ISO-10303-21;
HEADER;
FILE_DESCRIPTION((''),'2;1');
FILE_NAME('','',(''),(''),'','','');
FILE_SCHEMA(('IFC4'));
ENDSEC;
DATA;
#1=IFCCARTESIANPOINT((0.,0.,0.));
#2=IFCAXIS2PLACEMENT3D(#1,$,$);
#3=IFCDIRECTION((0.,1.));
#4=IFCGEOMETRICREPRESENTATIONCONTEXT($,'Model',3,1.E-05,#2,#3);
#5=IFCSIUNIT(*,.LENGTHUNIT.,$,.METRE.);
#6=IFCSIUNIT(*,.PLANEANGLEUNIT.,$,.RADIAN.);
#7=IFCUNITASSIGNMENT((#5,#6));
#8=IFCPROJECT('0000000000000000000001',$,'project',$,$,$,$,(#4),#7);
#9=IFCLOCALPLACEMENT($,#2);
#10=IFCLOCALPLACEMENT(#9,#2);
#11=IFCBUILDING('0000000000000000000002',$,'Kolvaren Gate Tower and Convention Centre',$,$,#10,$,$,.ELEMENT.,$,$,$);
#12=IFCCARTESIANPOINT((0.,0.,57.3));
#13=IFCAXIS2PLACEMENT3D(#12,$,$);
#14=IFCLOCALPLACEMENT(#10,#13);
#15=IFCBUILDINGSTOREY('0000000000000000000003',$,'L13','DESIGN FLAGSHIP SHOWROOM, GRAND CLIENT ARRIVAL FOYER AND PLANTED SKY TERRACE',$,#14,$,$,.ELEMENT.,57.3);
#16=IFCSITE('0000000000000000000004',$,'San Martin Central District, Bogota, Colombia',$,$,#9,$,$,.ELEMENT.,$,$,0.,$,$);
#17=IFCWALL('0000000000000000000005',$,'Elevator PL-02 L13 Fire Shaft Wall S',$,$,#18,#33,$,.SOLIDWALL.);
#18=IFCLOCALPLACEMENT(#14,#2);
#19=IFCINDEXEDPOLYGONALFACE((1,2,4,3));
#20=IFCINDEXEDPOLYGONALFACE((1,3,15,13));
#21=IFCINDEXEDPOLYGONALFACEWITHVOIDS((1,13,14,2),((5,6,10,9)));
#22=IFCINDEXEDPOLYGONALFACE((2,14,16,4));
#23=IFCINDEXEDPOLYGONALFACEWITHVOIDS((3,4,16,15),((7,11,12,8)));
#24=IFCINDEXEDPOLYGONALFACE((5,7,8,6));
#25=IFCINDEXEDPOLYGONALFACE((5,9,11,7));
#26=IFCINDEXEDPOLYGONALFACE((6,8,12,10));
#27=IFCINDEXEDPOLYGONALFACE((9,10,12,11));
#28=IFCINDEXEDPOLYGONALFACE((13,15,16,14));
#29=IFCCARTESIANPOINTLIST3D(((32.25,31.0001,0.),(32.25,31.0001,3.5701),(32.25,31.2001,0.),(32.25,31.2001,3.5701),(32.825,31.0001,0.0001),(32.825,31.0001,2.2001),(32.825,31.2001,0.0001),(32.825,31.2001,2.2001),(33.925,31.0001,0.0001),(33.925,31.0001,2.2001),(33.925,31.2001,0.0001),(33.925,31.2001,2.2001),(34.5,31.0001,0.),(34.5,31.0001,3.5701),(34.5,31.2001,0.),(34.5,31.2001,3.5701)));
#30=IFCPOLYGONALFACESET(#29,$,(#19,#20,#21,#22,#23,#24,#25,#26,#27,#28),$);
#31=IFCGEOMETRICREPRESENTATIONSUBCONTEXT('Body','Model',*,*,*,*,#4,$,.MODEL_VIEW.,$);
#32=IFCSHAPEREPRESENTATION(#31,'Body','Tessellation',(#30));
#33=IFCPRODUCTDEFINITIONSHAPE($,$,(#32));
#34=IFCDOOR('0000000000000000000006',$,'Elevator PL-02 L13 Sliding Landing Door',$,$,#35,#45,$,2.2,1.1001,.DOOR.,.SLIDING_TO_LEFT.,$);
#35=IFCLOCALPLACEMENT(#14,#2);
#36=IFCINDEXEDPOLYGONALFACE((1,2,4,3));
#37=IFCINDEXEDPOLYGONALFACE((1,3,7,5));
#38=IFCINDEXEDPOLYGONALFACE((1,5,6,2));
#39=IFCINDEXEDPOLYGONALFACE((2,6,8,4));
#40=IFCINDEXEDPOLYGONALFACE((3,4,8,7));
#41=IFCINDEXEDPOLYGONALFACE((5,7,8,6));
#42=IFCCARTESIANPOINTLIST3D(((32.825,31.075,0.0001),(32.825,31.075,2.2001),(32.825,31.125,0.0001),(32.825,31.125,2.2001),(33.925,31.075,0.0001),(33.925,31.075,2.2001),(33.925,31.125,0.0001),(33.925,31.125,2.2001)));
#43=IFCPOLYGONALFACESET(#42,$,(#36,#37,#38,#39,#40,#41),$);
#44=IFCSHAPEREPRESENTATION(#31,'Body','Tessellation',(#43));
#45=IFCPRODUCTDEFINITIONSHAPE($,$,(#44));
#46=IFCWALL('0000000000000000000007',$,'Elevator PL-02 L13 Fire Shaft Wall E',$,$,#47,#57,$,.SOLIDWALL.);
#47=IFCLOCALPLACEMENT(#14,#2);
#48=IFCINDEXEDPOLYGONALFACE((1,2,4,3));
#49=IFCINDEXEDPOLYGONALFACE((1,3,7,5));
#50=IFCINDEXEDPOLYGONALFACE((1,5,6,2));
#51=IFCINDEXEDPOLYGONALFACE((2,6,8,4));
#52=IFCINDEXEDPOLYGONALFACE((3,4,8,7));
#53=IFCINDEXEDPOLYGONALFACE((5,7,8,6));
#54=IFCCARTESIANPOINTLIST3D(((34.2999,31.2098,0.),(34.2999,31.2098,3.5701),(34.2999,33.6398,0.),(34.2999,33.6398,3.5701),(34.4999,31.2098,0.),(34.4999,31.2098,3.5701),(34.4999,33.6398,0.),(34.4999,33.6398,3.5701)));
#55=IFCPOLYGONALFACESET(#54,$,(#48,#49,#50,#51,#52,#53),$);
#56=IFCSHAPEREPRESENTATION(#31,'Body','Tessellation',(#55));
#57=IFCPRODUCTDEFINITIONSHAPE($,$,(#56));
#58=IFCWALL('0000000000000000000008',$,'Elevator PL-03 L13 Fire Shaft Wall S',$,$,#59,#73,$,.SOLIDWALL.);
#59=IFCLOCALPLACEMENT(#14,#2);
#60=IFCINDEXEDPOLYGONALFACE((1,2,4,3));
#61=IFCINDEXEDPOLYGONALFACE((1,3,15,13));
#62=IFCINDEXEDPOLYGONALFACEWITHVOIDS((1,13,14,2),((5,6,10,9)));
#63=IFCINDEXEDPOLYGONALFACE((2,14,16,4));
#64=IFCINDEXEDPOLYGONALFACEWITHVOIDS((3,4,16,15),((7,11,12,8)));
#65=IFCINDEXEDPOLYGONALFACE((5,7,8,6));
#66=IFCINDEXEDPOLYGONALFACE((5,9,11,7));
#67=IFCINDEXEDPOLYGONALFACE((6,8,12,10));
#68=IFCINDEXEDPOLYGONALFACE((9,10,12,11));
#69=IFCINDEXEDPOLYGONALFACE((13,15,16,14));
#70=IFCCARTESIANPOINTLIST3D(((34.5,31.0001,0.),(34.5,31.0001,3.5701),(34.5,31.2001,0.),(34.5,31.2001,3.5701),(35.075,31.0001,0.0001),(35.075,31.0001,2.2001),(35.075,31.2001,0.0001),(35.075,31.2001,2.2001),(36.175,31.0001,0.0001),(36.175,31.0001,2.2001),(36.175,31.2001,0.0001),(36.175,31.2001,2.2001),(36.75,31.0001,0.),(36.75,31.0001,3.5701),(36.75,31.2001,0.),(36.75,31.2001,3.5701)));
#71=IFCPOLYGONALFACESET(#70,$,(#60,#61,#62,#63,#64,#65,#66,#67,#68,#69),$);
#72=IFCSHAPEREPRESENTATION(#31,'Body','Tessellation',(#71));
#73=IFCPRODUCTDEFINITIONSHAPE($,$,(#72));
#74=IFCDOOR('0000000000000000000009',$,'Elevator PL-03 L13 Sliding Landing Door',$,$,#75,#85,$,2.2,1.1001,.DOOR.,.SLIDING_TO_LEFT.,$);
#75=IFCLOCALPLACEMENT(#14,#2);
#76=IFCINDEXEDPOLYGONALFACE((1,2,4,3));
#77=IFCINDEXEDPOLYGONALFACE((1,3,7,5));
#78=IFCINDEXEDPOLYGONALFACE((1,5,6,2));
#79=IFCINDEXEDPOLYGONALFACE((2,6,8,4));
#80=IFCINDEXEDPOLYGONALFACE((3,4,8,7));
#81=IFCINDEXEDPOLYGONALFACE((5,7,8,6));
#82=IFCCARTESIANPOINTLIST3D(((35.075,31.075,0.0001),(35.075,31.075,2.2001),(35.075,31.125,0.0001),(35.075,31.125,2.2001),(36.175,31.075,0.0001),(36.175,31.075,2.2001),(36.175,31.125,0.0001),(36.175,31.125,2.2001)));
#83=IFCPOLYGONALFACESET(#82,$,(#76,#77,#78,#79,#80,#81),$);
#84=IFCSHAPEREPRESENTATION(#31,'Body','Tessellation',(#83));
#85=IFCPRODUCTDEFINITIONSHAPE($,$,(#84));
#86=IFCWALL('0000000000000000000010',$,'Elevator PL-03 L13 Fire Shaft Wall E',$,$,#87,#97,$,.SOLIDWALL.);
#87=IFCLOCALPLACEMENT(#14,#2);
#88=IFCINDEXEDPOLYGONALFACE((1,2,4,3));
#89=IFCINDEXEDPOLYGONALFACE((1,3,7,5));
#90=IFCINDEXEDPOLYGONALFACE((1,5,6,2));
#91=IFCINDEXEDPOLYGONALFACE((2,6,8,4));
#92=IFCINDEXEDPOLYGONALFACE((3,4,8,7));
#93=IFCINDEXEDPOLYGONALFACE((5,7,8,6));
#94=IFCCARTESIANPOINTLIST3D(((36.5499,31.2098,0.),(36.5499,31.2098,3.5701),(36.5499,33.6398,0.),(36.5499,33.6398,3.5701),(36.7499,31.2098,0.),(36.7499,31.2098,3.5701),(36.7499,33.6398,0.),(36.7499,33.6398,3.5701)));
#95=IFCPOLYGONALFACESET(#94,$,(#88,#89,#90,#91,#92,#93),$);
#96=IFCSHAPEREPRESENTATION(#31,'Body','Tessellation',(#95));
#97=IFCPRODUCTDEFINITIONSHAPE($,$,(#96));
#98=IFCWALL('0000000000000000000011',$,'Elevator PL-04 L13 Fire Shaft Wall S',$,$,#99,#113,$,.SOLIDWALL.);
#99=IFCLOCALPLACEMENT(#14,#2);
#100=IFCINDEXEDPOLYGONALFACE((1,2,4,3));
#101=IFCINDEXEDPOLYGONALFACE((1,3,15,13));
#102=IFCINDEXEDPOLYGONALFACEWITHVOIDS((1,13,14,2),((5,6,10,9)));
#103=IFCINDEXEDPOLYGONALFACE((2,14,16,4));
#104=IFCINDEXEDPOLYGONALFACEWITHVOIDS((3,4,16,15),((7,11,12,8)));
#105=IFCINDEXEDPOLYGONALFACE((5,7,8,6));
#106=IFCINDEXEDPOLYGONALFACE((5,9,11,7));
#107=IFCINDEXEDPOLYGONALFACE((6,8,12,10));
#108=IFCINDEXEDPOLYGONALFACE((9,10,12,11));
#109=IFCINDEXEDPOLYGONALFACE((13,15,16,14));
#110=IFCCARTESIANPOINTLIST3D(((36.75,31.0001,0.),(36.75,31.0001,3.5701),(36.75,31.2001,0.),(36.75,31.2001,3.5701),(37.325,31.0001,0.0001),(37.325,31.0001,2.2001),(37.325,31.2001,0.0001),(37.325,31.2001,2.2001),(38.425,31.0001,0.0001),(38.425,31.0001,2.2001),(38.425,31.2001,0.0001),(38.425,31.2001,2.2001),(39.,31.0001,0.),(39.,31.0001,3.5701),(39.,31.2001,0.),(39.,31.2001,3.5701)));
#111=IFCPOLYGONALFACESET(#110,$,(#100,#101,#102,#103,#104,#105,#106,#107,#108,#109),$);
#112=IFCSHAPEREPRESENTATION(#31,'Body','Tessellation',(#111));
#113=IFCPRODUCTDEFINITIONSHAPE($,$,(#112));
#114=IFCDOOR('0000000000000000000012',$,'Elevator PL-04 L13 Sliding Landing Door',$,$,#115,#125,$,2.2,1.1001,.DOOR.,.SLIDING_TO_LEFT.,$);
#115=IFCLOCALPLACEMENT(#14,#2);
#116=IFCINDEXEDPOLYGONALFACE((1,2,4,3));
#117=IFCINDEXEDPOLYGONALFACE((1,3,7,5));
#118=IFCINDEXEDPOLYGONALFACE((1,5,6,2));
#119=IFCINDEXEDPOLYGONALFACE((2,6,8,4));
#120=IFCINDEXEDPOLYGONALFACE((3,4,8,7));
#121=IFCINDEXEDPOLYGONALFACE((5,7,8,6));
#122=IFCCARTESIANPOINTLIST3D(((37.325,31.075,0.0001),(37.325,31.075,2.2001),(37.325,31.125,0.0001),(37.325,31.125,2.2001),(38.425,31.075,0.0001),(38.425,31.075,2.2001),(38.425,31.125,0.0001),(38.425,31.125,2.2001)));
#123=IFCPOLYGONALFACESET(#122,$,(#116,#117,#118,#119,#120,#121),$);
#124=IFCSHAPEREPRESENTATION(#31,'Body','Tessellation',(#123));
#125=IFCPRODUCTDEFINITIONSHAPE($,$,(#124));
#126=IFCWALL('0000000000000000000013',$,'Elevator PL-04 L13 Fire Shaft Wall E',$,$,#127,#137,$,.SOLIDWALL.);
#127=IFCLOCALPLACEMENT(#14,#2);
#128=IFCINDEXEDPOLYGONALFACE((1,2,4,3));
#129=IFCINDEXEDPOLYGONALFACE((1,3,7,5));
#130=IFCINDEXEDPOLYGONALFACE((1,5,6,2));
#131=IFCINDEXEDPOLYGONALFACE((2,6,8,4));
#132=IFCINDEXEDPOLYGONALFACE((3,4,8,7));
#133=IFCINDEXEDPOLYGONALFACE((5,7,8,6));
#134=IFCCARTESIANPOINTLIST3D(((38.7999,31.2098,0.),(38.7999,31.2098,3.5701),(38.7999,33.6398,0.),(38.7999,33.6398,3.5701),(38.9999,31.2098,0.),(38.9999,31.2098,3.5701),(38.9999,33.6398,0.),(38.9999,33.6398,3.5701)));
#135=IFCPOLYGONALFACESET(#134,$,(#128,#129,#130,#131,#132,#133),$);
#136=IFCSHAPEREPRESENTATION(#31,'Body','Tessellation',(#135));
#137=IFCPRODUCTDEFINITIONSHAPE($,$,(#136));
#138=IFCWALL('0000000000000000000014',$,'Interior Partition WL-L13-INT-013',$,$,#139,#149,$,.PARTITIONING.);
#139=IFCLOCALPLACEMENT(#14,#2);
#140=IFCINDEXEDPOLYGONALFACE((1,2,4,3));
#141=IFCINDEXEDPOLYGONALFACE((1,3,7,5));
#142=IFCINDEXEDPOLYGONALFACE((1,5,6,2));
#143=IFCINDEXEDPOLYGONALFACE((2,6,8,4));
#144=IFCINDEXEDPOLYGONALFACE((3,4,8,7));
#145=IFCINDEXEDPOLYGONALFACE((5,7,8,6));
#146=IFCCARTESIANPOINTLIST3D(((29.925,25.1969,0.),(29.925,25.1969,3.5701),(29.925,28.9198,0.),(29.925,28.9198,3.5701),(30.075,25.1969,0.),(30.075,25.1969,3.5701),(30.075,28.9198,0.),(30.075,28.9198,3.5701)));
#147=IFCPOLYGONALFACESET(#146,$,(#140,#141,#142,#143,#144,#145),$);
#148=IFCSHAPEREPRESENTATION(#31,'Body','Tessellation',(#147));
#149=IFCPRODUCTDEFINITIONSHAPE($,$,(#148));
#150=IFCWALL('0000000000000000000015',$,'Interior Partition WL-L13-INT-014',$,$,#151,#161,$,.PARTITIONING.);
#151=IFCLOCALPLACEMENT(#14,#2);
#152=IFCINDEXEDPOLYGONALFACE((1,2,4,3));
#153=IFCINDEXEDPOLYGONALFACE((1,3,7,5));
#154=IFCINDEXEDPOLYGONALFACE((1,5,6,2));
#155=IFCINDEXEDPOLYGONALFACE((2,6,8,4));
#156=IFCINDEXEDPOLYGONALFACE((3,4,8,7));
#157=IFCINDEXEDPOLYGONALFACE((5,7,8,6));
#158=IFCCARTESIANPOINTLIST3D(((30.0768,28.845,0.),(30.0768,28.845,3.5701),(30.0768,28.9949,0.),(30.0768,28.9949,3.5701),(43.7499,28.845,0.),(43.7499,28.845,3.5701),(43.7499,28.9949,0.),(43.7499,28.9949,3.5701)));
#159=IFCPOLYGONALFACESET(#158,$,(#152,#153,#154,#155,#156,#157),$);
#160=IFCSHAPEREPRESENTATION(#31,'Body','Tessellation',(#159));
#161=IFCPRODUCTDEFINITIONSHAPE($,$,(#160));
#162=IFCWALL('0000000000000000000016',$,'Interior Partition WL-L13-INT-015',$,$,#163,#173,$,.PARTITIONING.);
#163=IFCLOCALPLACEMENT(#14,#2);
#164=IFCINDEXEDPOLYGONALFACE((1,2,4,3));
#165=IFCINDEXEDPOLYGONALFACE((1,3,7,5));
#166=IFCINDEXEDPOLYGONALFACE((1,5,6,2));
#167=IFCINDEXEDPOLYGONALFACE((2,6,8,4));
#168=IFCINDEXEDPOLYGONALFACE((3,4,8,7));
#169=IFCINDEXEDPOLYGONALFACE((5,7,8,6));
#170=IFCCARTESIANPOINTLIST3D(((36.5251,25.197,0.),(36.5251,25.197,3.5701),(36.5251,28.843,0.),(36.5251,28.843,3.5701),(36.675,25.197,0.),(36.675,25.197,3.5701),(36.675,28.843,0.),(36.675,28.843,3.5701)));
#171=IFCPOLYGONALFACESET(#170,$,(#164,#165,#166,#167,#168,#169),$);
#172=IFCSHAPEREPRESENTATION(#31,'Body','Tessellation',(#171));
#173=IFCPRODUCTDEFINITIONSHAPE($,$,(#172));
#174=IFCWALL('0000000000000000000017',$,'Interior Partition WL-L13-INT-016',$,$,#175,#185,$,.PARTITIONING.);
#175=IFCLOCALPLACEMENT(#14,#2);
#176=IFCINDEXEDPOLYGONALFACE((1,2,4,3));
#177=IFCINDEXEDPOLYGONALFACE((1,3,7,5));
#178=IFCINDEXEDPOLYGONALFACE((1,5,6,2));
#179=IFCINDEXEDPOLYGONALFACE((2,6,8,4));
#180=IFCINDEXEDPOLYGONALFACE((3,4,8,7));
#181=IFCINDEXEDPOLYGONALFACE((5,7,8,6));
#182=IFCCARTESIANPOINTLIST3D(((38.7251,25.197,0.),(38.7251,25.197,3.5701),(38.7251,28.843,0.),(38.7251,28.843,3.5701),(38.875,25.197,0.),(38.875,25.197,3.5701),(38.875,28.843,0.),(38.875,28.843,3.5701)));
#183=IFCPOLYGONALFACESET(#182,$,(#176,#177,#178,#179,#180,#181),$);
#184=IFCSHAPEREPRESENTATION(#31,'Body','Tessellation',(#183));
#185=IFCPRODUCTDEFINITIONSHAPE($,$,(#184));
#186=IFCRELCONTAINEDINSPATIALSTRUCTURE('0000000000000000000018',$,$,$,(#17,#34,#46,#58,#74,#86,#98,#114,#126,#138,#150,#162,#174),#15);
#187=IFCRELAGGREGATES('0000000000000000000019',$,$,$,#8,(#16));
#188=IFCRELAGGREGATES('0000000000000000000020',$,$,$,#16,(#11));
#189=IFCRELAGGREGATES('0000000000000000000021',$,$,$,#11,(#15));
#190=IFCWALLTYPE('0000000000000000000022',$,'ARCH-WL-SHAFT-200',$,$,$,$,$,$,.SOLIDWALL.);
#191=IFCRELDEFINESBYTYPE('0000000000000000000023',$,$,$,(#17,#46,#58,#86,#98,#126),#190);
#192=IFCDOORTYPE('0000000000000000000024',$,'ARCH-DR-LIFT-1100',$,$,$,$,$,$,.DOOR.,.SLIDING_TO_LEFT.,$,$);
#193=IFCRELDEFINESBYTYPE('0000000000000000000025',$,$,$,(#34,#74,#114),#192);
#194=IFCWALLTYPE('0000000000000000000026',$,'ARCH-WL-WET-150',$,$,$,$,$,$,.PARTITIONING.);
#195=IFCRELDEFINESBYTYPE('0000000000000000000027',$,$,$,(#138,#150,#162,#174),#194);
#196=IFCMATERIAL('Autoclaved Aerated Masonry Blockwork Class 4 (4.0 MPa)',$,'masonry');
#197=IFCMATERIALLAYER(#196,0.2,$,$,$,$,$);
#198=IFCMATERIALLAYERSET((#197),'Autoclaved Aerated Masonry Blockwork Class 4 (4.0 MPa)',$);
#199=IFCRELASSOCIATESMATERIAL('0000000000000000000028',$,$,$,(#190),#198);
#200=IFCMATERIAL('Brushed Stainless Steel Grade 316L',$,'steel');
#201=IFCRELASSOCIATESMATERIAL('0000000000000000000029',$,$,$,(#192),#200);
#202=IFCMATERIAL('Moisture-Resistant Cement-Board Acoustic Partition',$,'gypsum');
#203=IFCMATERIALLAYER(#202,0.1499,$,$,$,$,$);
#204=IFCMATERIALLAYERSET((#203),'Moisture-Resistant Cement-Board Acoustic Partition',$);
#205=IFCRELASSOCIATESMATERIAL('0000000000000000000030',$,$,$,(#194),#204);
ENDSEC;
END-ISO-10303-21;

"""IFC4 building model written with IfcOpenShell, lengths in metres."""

from ifc_helpers import new_model, si_unit, direction, frame, frame_2d, origin, place, context, subcontext, project, spatial, rectangle, extrude, material, layer, layer_set, type_object, element, fill, save


model = new_model("IFC4")

# Units and contexts
model_context = context("Model", 3, precision=1e-05, world=origin(), true_north=direction((0.0, 1.0)))
body_context = subcontext(model_context, "Body", "Model", "MODEL_VIEW")
ifc_project = project(units=[si_unit("LENGTHUNIT", "METRE"), si_unit("PLANEANGLEUNIT", "RADIAN")], contexts=[model_context])

# Site, building, storey
site_placement = place(None, origin())
site = spatial("IfcSite", under=ifc_project, at=site_placement, Name="San Martin Central District, Bogota, Colombia", CompositionType="ELEMENT", RefElevation=0.0)
building_placement = place(site_placement, origin())
building = spatial("IfcBuilding", under=site, at=building_placement, Name="Kolvaren Gate Tower and Convention Centre", CompositionType="ELEMENT")
storey_placement = place(building_placement, frame((0.0, 0.0, 57.3)))
storey = spatial("IfcBuildingStorey", under=building, at=storey_placement, Name="L13", Description="DESIGN FLAGSHIP SHOWROOM, GRAND CLIENT ARRIVAL FOYER AND PLANTED SKY TERRACE", CompositionType="ELEMENT", Elevation=57.3)

# Shared definitions
ifc_material_1 = material(Name="Autoclaved Aerated Masonry Blockwork Class 4 (4.0 MPa)", Category="masonry")
ifc_layer_1 = layer(ifc_material_1, 0.2)
ifc_layer_set_1 = layer_set([ifc_layer_1], Name="Autoclaved Aerated Masonry Blockwork Class 4 (4.0 MPa)")
wall_type_1 = type_object("IfcWallType", Name="ARCH-WL-SHAFT-200", PredefinedType="SOLIDWALL", material=ifc_layer_set_1)
ifc_material_2 = material(Name="Brushed Stainless Steel Grade 316L", Category="steel")
door_type_1 = type_object("IfcDoorType", Name="ARCH-DR-LIFT-1100", OperationType="SLIDING_TO_LEFT", PredefinedType="DOOR", material=ifc_material_2)

# Wall, opening, door
wall_1_placement = place(storey_placement, frame((32.25, 31.1001, 0.0), z_axis=(0.0, 0.0, 1.0), x_axis=(1.0, 0.0, 0.0)))
wall_1 = element("IfcWall", 1, at=wall_1_placement, inside=storey, type_object=wall_type_1, Name="Elevator PL-02 L13 Fire Shaft Wall S", PredefinedType="SOLIDWALL", context=body_context, shape_type="SweptSolid", body=[
    extrude(rectangle(XDim=2.25, YDim=0.2, at=frame_2d((1.125, 0.0))), origin(), (0.0, 0.0, 1.0), 3.5701),
])
opening_1_placement = place(wall_1_placement, frame((0.575, 0.0, 0.0)))
opening_1 = element("IfcOpeningElement", 2, at=opening_1_placement, cuts=wall_1, PredefinedType="OPENING", context=body_context, shape_type="SweptSolid", body=[
    extrude(rectangle(XDim=1.1001, YDim=2.2, at=frame_2d((0.55, 1.1001))), frame((0.0, 0.1099, 0.0), z_axis=(0.0, -1.0, 0.0), x_axis=(1.0, 0.0, 0.0)), (0.0, 0.0, 1.0), 0.22),
])
door_1_placement = place(opening_1_placement, origin())
door_1 = element("IfcDoor", 3, at=door_1_placement, inside=storey, type_object=door_type_1, Name="Elevator PL-02 L13 Sliding Landing Door", OperationType="SLIDING_TO_LEFT", OverallHeight=2.2, OverallWidth=1.1001, PredefinedType="DOOR", context=body_context, shape_type="SweptSolid", body=[
    extrude(rectangle(XDim=1.1001, YDim=2.2, at=frame_2d((0.55, 1.1001))), frame((0.0, 0.0249, 0.0), z_axis=(0.0, -1.0, 0.0), x_axis=(1.0, 0.0, 0.0)), (0.0, 0.0, 1.0), 0.05),
])
fill(opening_1, door_1)

# Wall
wall_2_placement = place(storey_placement, frame((34.3999, 31.21, 0.0), z_axis=(0.0, 0.0, 1.0), x_axis=(0.0, 1.0, 0.0)))
element("IfcWall", 4, at=wall_2_placement, inside=storey, type_object=wall_type_1, Name="Elevator PL-02 L13 Fire Shaft Wall E", PredefinedType="SOLIDWALL", context=body_context, shape_type="SweptSolid", body=[
    extrude(rectangle(XDim=2.4299, YDim=0.2, at=frame_2d((1.2148, 0.0))), origin(), (0.0, 0.0, 1.0), 3.5701),
])

# Wall, opening, door
wall_3_placement = place(storey_placement, frame((34.5, 31.1001, 0.0), z_axis=(0.0, 0.0, 1.0), x_axis=(1.0, 0.0, 0.0)))
wall_3 = element("IfcWall", 5, at=wall_3_placement, inside=storey, type_object=wall_type_1, Name="Elevator PL-03 L13 Fire Shaft Wall S", PredefinedType="SOLIDWALL", context=body_context, shape_type="SweptSolid", body=[
    extrude(rectangle(XDim=2.25, YDim=0.2, at=frame_2d((1.125, 0.0))), origin(), (0.0, 0.0, 1.0), 3.5701),
])
opening_2_placement = place(wall_3_placement, frame((0.575, 0.0, 0.0)))
opening_2 = element("IfcOpeningElement", 6, at=opening_2_placement, cuts=wall_3, PredefinedType="OPENING", context=body_context, shape_type="SweptSolid", body=[
    extrude(rectangle(XDim=1.1001, YDim=2.2, at=frame_2d((0.55, 1.1001))), frame((0.0, 0.1099, 0.0), z_axis=(0.0, -1.0, 0.0), x_axis=(1.0, 0.0, 0.0)), (0.0, 0.0, 1.0), 0.22),
])
door_2_placement = place(opening_2_placement, origin())
door_2 = element("IfcDoor", 7, at=door_2_placement, inside=storey, type_object=door_type_1, Name="Elevator PL-03 L13 Sliding Landing Door", OperationType="SLIDING_TO_LEFT", OverallHeight=2.2, OverallWidth=1.1001, PredefinedType="DOOR", context=body_context, shape_type="SweptSolid", body=[
    extrude(rectangle(XDim=1.1001, YDim=2.2, at=frame_2d((0.55, 1.1001))), frame((0.0, 0.0249, 0.0), z_axis=(0.0, -1.0, 0.0), x_axis=(1.0, 0.0, 0.0)), (0.0, 0.0, 1.0), 0.05),
])
fill(opening_2, door_2)

# Wall
wall_4_placement = place(storey_placement, frame((36.6499, 31.21, 0.0), z_axis=(0.0, 0.0, 1.0), x_axis=(0.0, 1.0, 0.0)))
element("IfcWall", 8, at=wall_4_placement, inside=storey, type_object=wall_type_1, Name="Elevator PL-03 L13 Fire Shaft Wall E", PredefinedType="SOLIDWALL", context=body_context, shape_type="SweptSolid", body=[
    extrude(rectangle(XDim=2.4299, YDim=0.2, at=frame_2d((1.2148, 0.0))), origin(), (0.0, 0.0, 1.0), 3.5701),
])

# Wall, opening, door
wall_5_placement = place(storey_placement, frame((36.75, 31.1001, 0.0), z_axis=(0.0, 0.0, 1.0), x_axis=(1.0, 0.0, 0.0)))
wall_5 = element("IfcWall", 9, at=wall_5_placement, inside=storey, type_object=wall_type_1, Name="Elevator PL-04 L13 Fire Shaft Wall S", PredefinedType="SOLIDWALL", context=body_context, shape_type="SweptSolid", body=[
    extrude(rectangle(XDim=2.25, YDim=0.2, at=frame_2d((1.125, 0.0))), origin(), (0.0, 0.0, 1.0), 3.5701),
])
opening_3_placement = place(wall_5_placement, frame((0.575, 0.0, 0.0)))
opening_3 = element("IfcOpeningElement", 10, at=opening_3_placement, cuts=wall_5, PredefinedType="OPENING", context=body_context, shape_type="SweptSolid", body=[
    extrude(rectangle(XDim=1.1001, YDim=2.2, at=frame_2d((0.55, 1.1001))), frame((0.0, 0.1099, 0.0), z_axis=(0.0, -1.0, 0.0), x_axis=(1.0, 0.0, 0.0)), (0.0, 0.0, 1.0), 0.22),
])
door_3_placement = place(opening_3_placement, origin())
door_3 = element("IfcDoor", 11, at=door_3_placement, inside=storey, type_object=door_type_1, Name="Elevator PL-04 L13 Sliding Landing Door", OperationType="SLIDING_TO_LEFT", OverallHeight=2.2, OverallWidth=1.1001, PredefinedType="DOOR", context=body_context, shape_type="SweptSolid", body=[
    extrude(rectangle(XDim=1.1001, YDim=2.2, at=frame_2d((0.55, 1.1001))), frame((0.0, 0.0249, 0.0), z_axis=(0.0, -1.0, 0.0), x_axis=(1.0, 0.0, 0.0)), (0.0, 0.0, 1.0), 0.05),
])
fill(opening_3, door_3)

# Walls
wall_6_placement = place(storey_placement, frame((38.8999, 31.21, 0.0), z_axis=(0.0, 0.0, 1.0), x_axis=(0.0, 1.0, 0.0)))
element("IfcWall", 12, at=wall_6_placement, inside=storey, type_object=wall_type_1, Name="Elevator PL-04 L13 Fire Shaft Wall E", PredefinedType="SOLIDWALL", context=body_context, shape_type="SweptSolid", body=[
    extrude(rectangle(XDim=2.4299, YDim=0.2, at=frame_2d((1.2148, 0.0))), origin(), (0.0, 0.0, 1.0), 3.5701),
])
ifc_material_3 = material(Name="Moisture-Resistant Cement-Board Acoustic Partition", Category="gypsum")
ifc_layer_2 = layer(ifc_material_3, 0.1499)
ifc_layer_set_2 = layer_set([ifc_layer_2], Name="Moisture-Resistant Cement-Board Acoustic Partition")
wall_type_2 = type_object("IfcWallType", Name="ARCH-WL-WET-150", PredefinedType="PARTITIONING", material=ifc_layer_set_2)
wall_7_placement = place(storey_placement, frame((30.0, 25.197, 0.0), z_axis=(0.0, 0.0, 1.0), x_axis=(0.0, 1.0, 0.0)))
element("IfcWall", 13, at=wall_7_placement, inside=storey, type_object=wall_type_2, Name="Interior Partition WL-L13-INT-013", PredefinedType="PARTITIONING", context=body_context, shape_type="SweptSolid", body=[
    extrude(rectangle(XDim=3.7229, YDim=0.1499, at=frame_2d((1.8613, 0.0))), origin(), (0.0, 0.0, 1.0), 3.5701),
])
wall_8_placement = place(storey_placement, frame((30.0769, 28.9199, 0.0), z_axis=(0.0, 0.0, 1.0), x_axis=(1.0, 0.0, 0.0)))
element("IfcWall", 14, at=wall_8_placement, inside=storey, type_object=wall_type_2, Name="Interior Partition WL-L13-INT-014", PredefinedType="PARTITIONING", context=body_context, shape_type="SweptSolid", body=[
    extrude(rectangle(XDim=13.6731, YDim=0.1499, at=frame_2d((6.8364, 0.0))), origin(), (0.0, 0.0, 1.0), 3.5701),
])
for number, where, z_axis, x_axis, name in (
    (15, (36.6001, 25.197, 0.0), (0.0, 0.0, 1.0), (0.0, 1.0, 0.0), "Interior Partition WL-L13-INT-015"),
    (16, (38.8, 25.197, 0.0), (0.0, 0.0, 1.0), (0.0, 1.0, 0.0), "Interior Partition WL-L13-INT-016"),
):
    element("IfcWall", number, at=place(storey_placement, frame(where, z_axis=z_axis, x_axis=x_axis)), inside=storey, type_object=wall_type_2, Name=name, PredefinedType="PARTITIONING", context=body_context, shape_type="SweptSolid", body=[
        extrude(rectangle(XDim=3.646, YDim=0.1499, at=frame_2d((1.823, 0.0))), origin(), (0.0, 0.0, 1.0), 3.5701),
    ])

save(model, "model.ifc")
